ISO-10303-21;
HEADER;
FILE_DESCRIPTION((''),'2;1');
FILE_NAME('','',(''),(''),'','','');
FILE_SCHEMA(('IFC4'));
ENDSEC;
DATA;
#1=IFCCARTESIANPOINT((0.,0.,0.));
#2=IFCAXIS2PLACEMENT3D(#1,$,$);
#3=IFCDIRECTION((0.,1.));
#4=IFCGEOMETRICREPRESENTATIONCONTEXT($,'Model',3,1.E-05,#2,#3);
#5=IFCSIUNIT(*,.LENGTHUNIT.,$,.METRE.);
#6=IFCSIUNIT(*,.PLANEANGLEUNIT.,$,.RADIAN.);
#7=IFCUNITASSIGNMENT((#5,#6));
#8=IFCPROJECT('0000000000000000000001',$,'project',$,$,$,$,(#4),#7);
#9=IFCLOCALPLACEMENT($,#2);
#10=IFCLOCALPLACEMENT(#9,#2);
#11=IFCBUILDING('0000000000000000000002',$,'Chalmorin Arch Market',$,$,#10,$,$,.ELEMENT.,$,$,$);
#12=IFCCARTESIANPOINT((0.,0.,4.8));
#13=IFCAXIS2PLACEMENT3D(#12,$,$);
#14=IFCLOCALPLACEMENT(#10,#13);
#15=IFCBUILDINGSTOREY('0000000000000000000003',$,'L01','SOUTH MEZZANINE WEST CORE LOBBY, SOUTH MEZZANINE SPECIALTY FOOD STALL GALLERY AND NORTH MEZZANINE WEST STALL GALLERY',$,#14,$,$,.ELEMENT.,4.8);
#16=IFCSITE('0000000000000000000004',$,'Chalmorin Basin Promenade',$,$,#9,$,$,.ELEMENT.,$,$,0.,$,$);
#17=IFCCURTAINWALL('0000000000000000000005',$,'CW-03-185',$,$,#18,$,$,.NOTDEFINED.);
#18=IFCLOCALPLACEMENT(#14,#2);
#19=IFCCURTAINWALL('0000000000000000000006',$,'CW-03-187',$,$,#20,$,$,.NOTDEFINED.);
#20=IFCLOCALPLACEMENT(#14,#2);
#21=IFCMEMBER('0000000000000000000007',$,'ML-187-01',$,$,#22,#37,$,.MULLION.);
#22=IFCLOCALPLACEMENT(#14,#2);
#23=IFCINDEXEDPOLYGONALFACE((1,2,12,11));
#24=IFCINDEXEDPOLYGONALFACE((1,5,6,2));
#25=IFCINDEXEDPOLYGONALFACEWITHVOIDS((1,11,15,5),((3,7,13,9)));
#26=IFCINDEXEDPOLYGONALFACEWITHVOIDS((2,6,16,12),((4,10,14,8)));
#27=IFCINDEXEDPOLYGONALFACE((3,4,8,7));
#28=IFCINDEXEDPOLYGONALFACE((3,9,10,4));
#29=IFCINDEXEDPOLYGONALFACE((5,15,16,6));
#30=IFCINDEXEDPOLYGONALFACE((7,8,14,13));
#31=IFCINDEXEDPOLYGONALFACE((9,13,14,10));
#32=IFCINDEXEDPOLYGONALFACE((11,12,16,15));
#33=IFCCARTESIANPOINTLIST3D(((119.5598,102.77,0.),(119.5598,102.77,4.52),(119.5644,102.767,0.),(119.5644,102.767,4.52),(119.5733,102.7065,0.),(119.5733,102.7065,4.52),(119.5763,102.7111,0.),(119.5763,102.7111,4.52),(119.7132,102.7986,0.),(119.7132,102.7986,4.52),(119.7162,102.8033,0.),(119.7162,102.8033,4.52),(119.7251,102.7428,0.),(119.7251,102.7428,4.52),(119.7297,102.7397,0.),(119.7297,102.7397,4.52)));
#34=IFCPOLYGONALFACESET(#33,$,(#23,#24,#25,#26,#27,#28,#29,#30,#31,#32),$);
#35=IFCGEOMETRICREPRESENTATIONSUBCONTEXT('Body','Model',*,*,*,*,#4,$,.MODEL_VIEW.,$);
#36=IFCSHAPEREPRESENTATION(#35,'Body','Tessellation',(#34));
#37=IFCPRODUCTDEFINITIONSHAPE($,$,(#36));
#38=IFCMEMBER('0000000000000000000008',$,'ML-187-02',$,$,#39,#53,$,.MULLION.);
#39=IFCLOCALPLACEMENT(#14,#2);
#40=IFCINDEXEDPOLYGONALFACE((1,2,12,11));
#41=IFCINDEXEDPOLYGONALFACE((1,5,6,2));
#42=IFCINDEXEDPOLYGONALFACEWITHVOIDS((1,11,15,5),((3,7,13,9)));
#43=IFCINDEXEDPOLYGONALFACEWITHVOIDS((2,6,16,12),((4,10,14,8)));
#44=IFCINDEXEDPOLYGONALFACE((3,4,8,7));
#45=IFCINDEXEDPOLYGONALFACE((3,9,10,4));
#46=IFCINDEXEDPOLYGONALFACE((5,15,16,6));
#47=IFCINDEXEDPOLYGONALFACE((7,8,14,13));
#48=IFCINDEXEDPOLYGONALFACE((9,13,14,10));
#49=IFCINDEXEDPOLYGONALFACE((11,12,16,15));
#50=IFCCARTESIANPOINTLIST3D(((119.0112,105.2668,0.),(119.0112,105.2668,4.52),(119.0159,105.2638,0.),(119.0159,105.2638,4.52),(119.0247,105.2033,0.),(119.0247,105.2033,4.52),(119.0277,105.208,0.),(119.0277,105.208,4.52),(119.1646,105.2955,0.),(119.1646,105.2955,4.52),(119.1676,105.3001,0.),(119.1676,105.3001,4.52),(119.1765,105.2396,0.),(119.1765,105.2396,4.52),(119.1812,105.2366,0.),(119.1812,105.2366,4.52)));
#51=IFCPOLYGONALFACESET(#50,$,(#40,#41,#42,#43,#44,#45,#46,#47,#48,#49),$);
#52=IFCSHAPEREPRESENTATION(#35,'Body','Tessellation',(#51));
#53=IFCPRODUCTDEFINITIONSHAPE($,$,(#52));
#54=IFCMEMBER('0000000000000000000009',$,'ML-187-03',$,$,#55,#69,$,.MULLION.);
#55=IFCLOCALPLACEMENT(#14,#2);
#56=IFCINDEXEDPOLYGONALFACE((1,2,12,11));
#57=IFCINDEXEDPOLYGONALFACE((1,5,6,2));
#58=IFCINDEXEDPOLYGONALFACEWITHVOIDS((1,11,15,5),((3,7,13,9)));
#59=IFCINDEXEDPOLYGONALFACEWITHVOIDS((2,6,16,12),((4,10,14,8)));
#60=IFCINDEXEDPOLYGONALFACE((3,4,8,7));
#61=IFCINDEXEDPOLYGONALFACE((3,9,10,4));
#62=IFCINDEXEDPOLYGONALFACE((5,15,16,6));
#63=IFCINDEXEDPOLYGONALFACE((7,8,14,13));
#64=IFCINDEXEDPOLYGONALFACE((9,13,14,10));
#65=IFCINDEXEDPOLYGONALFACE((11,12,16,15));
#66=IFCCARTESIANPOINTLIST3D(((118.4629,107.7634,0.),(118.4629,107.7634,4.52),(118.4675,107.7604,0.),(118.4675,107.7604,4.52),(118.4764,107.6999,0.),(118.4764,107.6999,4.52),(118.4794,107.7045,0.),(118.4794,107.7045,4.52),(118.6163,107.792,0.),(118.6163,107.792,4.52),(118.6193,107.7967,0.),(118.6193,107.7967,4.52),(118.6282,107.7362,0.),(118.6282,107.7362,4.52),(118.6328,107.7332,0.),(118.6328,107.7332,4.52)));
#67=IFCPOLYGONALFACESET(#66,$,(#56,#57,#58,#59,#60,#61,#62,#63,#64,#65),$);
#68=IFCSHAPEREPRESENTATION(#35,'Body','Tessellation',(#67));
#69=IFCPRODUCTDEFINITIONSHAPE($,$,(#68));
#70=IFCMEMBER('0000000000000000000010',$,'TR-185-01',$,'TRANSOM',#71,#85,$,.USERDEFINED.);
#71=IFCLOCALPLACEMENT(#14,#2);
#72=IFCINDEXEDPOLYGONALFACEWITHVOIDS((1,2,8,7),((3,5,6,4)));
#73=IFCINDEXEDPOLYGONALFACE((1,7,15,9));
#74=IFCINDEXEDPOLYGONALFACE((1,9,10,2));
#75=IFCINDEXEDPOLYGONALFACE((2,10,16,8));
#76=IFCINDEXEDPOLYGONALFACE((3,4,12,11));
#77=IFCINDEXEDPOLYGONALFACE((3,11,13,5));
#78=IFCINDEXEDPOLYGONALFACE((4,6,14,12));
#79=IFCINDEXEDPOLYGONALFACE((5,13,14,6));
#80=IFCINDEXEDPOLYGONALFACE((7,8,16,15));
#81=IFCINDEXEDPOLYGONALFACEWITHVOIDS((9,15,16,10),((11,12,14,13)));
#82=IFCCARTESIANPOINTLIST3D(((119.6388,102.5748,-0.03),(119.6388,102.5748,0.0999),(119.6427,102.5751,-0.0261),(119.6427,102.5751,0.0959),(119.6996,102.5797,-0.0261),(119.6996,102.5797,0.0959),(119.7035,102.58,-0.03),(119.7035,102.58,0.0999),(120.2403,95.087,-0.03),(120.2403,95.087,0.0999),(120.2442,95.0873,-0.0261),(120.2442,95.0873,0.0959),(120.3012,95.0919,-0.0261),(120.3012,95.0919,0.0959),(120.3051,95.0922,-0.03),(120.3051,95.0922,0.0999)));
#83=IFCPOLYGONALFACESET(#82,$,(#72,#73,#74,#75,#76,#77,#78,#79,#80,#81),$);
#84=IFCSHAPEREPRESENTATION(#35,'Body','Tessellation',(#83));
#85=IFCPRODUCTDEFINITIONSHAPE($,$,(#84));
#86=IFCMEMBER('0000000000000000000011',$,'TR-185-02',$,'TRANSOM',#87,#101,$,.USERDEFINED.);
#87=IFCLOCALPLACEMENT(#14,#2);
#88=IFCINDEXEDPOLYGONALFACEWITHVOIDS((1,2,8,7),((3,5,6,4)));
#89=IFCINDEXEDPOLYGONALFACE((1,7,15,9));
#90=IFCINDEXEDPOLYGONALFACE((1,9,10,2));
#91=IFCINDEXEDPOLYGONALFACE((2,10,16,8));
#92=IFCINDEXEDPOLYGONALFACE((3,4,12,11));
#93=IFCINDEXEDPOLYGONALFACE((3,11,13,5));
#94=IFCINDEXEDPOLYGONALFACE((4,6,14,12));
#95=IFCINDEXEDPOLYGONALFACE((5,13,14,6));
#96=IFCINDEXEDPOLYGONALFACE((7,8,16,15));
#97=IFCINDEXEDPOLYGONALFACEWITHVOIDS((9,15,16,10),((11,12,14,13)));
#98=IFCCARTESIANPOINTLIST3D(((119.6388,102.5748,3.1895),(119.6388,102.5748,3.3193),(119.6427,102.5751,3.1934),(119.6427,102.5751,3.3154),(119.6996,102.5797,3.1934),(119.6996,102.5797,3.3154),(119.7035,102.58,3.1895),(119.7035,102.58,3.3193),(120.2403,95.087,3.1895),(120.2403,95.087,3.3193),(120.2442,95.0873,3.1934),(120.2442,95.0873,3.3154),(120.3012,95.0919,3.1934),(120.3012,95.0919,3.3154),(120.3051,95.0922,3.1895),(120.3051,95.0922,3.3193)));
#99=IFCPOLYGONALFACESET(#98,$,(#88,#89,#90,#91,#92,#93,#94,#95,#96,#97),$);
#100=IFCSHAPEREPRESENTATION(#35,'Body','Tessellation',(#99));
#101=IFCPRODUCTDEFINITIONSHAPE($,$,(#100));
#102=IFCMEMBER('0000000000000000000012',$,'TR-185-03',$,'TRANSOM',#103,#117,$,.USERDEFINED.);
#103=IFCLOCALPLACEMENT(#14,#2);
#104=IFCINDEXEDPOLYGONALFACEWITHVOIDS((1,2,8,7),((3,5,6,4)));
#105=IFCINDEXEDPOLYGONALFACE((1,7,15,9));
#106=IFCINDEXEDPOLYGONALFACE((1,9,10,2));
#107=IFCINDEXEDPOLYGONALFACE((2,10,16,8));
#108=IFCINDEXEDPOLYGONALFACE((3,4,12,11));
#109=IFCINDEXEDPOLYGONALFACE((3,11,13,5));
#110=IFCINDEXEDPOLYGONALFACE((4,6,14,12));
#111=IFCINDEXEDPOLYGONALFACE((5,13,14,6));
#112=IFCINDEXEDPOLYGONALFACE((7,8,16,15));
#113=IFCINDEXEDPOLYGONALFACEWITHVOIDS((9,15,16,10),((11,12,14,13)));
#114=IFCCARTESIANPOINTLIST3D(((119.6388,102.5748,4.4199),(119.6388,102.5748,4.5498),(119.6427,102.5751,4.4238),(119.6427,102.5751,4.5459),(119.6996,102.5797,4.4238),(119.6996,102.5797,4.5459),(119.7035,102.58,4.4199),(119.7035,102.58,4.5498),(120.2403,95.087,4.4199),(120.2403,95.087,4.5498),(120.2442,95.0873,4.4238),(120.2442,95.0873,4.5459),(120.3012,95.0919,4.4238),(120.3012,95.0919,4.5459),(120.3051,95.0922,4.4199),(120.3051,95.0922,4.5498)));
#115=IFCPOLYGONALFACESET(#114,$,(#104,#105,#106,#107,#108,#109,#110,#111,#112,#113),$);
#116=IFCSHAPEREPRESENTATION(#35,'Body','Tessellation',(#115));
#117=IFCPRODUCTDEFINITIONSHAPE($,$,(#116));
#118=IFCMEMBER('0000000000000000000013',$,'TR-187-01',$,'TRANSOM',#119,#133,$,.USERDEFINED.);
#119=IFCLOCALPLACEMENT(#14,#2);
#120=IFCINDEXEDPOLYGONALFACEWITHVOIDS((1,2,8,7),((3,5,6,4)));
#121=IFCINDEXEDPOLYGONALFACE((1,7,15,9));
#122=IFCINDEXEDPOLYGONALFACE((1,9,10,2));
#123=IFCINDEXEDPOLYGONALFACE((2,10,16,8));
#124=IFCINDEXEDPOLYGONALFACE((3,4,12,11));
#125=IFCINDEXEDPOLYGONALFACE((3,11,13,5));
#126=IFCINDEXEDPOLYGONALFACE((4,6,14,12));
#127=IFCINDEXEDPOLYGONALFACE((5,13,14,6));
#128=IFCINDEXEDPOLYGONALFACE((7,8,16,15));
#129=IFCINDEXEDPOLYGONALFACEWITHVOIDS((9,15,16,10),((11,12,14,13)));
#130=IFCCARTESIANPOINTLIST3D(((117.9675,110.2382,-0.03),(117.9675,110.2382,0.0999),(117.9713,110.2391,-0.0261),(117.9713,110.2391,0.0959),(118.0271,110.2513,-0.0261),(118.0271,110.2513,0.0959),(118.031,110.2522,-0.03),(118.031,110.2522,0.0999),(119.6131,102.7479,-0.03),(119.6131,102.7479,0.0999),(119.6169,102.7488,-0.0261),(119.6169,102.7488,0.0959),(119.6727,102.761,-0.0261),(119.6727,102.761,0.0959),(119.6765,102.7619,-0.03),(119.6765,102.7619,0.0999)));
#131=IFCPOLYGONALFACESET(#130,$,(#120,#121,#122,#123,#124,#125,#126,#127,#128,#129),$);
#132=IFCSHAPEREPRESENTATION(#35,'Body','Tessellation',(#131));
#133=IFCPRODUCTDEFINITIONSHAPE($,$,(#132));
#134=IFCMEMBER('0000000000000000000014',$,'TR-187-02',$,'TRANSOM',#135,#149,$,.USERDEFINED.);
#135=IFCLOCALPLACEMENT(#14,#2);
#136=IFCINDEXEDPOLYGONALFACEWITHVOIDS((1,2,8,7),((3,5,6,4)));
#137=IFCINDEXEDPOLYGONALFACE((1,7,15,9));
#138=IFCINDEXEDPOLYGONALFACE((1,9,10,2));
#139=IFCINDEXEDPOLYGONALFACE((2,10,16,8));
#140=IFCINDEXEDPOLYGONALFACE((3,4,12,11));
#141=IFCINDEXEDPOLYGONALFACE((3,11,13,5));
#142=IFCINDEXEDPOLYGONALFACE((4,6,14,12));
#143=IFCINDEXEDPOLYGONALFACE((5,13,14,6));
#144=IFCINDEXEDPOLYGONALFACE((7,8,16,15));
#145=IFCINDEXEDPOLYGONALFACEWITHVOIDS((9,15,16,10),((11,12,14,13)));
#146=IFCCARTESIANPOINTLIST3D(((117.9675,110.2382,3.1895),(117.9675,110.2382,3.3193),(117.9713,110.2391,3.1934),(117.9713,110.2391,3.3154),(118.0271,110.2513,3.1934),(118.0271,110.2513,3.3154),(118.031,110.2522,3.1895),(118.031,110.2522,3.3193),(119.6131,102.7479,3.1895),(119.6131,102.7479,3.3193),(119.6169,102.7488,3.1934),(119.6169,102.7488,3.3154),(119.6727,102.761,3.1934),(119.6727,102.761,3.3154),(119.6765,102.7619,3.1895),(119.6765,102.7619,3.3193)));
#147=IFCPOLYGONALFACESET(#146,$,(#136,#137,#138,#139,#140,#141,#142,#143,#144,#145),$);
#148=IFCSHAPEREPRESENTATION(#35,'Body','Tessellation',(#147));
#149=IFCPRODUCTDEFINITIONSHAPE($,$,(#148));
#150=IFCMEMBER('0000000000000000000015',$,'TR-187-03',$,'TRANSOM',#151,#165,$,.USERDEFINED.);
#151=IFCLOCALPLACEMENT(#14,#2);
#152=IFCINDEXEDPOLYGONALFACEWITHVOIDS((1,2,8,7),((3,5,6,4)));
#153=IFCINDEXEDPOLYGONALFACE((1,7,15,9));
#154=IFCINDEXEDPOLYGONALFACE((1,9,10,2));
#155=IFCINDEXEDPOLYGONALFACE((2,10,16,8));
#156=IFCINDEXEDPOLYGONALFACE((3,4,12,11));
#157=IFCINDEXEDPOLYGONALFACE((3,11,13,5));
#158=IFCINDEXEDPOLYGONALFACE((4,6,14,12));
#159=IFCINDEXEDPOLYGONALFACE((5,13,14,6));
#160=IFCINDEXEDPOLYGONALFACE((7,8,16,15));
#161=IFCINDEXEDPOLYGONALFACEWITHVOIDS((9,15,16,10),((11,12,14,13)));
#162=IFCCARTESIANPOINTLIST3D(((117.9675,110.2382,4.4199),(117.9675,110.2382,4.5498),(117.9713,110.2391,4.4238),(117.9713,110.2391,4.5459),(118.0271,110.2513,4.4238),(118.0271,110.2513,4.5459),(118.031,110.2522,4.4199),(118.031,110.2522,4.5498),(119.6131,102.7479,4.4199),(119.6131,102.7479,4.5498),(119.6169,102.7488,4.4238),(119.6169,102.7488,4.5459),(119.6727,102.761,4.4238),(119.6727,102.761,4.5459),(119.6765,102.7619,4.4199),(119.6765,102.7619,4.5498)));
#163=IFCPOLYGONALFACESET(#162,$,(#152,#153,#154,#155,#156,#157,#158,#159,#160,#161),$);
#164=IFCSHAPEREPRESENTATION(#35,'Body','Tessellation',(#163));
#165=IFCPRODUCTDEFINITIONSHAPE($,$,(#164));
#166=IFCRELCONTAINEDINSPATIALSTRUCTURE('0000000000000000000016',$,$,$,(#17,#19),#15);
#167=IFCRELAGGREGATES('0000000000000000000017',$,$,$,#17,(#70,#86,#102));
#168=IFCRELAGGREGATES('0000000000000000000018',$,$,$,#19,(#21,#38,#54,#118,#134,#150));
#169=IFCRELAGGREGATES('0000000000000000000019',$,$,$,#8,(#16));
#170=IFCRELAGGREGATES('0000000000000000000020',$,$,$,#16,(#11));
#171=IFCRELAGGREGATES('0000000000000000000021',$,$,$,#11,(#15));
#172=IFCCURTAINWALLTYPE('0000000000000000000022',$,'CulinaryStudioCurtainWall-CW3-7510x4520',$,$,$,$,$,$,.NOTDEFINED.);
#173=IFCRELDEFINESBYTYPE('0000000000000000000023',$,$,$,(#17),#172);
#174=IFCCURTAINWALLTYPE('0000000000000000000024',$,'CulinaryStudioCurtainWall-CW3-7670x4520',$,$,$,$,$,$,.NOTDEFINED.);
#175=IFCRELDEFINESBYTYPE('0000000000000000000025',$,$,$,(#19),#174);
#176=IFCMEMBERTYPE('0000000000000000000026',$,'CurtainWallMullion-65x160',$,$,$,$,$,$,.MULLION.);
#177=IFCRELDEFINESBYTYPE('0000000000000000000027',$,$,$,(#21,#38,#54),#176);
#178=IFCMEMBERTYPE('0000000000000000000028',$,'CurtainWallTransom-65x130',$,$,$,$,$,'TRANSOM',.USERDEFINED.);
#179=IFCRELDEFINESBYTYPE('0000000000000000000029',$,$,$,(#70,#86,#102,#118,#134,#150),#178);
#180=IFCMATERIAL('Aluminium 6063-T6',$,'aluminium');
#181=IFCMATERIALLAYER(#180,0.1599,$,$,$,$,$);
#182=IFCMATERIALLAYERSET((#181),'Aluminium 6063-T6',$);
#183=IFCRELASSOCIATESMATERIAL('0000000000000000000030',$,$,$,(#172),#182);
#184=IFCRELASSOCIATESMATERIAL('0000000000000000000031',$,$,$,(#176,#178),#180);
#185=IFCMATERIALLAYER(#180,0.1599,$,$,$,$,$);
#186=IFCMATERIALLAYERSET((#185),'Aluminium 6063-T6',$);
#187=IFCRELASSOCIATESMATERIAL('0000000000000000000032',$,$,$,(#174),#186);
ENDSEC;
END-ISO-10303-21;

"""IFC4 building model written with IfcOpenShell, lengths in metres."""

from ifc_helpers import new_model, si_unit, direction, frame, origin, origin_2d, place, context, subcontext, project, spatial, hollow_rectangle, extrude, material, layer, layer_set, material_profile, profile_set, type_object, element, aggregate, save


model = new_model("IFC4")

# Units and contexts
model_context = context("Model", 3, precision=1e-05, world=origin(), true_north=direction((0.0, 1.0)))
body_context = subcontext(model_context, "Body", "Model", "MODEL_VIEW")
ifc_project = project(units=[si_unit("LENGTHUNIT", "METRE"), si_unit("PLANEANGLEUNIT", "RADIAN")], contexts=[model_context])

# Site, building, storey
site_placement = place(None, origin())
site = spatial("IfcSite", under=ifc_project, at=site_placement, Name="Chalmorin Basin Promenade", CompositionType="ELEMENT", RefElevation=0.0)
building_placement = place(site_placement, origin())
building = spatial("IfcBuilding", under=site, at=building_placement, Name="Chalmorin Arch Market", CompositionType="ELEMENT")
storey_placement = place(building_placement, frame((0.0, 0.0, 4.8)))
storey = spatial("IfcBuildingStorey", under=building, at=storey_placement, Name="L01", Description="SOUTH MEZZANINE WEST CORE LOBBY, SOUTH MEZZANINE SPECIALTY FOOD STALL GALLERY AND NORTH MEZZANINE WEST STALL GALLERY", CompositionType="ELEMENT", Elevation=4.8)

# Curtain walls, members
ifc_material_1 = material(Name="Aluminium 6063-T6", Category="aluminium")
ifc_layer_1 = layer(ifc_material_1, 0.1599)
ifc_layer_set_1 = layer_set([ifc_layer_1], Name="Aluminium 6063-T6")
curtain_wall_type_1 = type_object("IfcCurtainWallType", Name="CulinaryStudioCurtainWall-CW3-7510x4520", PredefinedType="NOTDEFINED", material=ifc_layer_set_1)
ifc_material_profile_1 = material_profile(ifc_material_1, hollow_rectangle(XDim=0.0649, YDim=0.1599, WallThickness=0.0039, at=origin_2d()), Name="ALU65X160X4")
ifc_profile_set_1 = profile_set([ifc_material_profile_1], Name="Aluminium 6063-T6")
member_type_1 = type_object("IfcMemberType", Name="CurtainWallMullion-65x160", PredefinedType="MULLION", material=ifc_profile_set_1)
curtain_wall_1_placement = place(storey_placement, origin())
curtain_wall_1 = element("IfcCurtainWall", 1, at=curtain_wall_1_placement, inside=storey, type_object=curtain_wall_type_1, Name="CW-03-185", PredefinedType="NOTDEFINED")
ifc_layer_2 = layer(ifc_material_1, 0.1599)
ifc_layer_set_2 = layer_set([ifc_layer_2], Name="Aluminium 6063-T6")
curtain_wall_type_2 = type_object("IfcCurtainWallType", Name="CulinaryStudioCurtainWall-CW3-7670x4520", PredefinedType="NOTDEFINED", material=ifc_layer_set_2)
curtain_wall_2_placement = place(storey_placement, origin())
curtain_wall_2 = element("IfcCurtainWall", 2, at=curtain_wall_2_placement, inside=storey, type_object=curtain_wall_type_2, Name="CW-03-187", PredefinedType="NOTDEFINED")
member_1_placement = place(storey_placement, frame((119.6448, 102.7549, 0.0), z_axis=(0.0, 0.0, 1.0), x_axis=(-0.207912, 0.978148, 0.0)))
member_1 = element("IfcMember", 3, at=member_1_placement, type_object=member_type_1, Name="ML-187-01", PredefinedType="MULLION", context=body_context, shape_type="SweptSolid", body=[
    extrude(hollow_rectangle(XDim=0.0649, YDim=0.1599, WallThickness=0.0039, at=origin_2d()), origin(), (0.0, 0.0, 1.0), 4.52),
])
member_2_placement = place(storey_placement, frame((119.0962, 105.2517, 0.0), z_axis=(0.0, 0.0, 1.0), x_axis=(-0.207912, 0.978148, 0.0)))
member_2 = element("IfcMember", 4, at=member_2_placement, type_object=member_type_1, Name="ML-187-02", PredefinedType="MULLION", context=body_context, shape_type="SweptSolid", body=[
    extrude(hollow_rectangle(XDim=0.0649, YDim=0.1599, WallThickness=0.0039, at=origin_2d()), origin(), (0.0, 0.0, 1.0), 4.52),
])
member_3_placement = place(storey_placement, frame((118.5479, 107.7483, 0.0), z_axis=(0.0, 0.0, 1.0), x_axis=(-0.207912, 0.978148, 0.0)))
member_3 = element("IfcMember", 5, at=member_3_placement, type_object=member_type_1, Name="ML-187-03", PredefinedType="MULLION", context=body_context, shape_type="SweptSolid", body=[
    extrude(hollow_rectangle(XDim=0.0649, YDim=0.1599, WallThickness=0.0039, at=origin_2d()), origin(), (0.0, 0.0, 1.0), 4.52),
])

# Members
ifc_material_profile_2 = material_profile(ifc_material_1, hollow_rectangle(XDim=0.0649, YDim=0.1299, WallThickness=0.0039, at=origin_2d()), Name="ALU65X130X4")
ifc_profile_set_2 = profile_set([ifc_material_profile_2], Name="Aluminium 6063-T6")
member_type_2 = type_object("IfcMemberType", Name="CurtainWallTransom-65x130", ElementType="TRANSOM", PredefinedType="USERDEFINED", material=ifc_profile_set_2)
member_4_placement = place(storey_placement, frame((120.2727, 95.0896, 0.0349), z_axis=(-0.080081, 0.996788, 0.0), x_axis=(-0.996788, -0.080081, 0.0)))
member_4 = element("IfcMember", 6, at=member_4_placement, type_object=member_type_2, Name="TR-185-01", ObjectType="TRANSOM", PredefinedType="USERDEFINED", context=body_context, shape_type="SweptSolid", body=[
    extrude(hollow_rectangle(XDim=0.0649, YDim=0.1299, WallThickness=0.0039, at=origin_2d()), origin(), (0.0, 0.0, 1.0), 7.512),
])
member_5_placement = place(storey_placement, frame((120.2727, 95.0896, 3.2544), z_axis=(-0.080081, 0.996788, 0.0), x_axis=(-0.996788, -0.080081, 0.0)))
member_5 = element("IfcMember", 7, at=member_5_placement, type_object=member_type_2, Name="TR-185-02", ObjectType="TRANSOM", PredefinedType="USERDEFINED", context=body_context, shape_type="SweptSolid", body=[
    extrude(hollow_rectangle(XDim=0.0649, YDim=0.1299, WallThickness=0.0039, at=origin_2d()), origin(), (0.0, 0.0, 1.0), 7.512),
])
member_6_placement = place(storey_placement, frame((120.2727, 95.0896, 4.4849), z_axis=(-0.080081, 0.996788, 0.0), x_axis=(-0.996788, -0.080081, 0.0)))
member_6 = element("IfcMember", 8, at=member_6_placement, type_object=member_type_2, Name="TR-185-03", ObjectType="TRANSOM", PredefinedType="USERDEFINED", context=body_context, shape_type="SweptSolid", body=[
    extrude(hollow_rectangle(XDim=0.0649, YDim=0.1299, WallThickness=0.0039, at=origin_2d()), origin(), (0.0, 0.0, 1.0), 7.512),
])
member_7_placement = place(storey_placement, frame((119.6448, 102.7549, 0.0349), z_axis=(-0.21457, 0.976709, 0.0), x_axis=(-0.976709, -0.21457, 0.0)))
member_7 = element("IfcMember", 9, at=member_7_placement, type_object=member_type_2, Name="TR-187-01", ObjectType="TRANSOM", PredefinedType="USERDEFINED", context=body_context, shape_type="SweptSolid", body=[
    extrude(hollow_rectangle(XDim=0.0649, YDim=0.1299, WallThickness=0.0039, at=origin_2d()), origin(), (0.0, 0.0, 1.0), 7.6689),
])
member_8_placement = place(storey_placement, frame((119.6448, 102.7549, 3.2544), z_axis=(-0.21457, 0.976709, 0.0), x_axis=(-0.976709, -0.21457, 0.0)))
member_8 = element("IfcMember", 10, at=member_8_placement, type_object=member_type_2, Name="TR-187-02", ObjectType="TRANSOM", PredefinedType="USERDEFINED", context=body_context, shape_type="SweptSolid", body=[
    extrude(hollow_rectangle(XDim=0.0649, YDim=0.1299, WallThickness=0.0039, at=origin_2d()), origin(), (0.0, 0.0, 1.0), 7.6689),
])
member_9_placement = place(storey_placement, frame((119.6448, 102.7549, 4.4849), z_axis=(-0.21457, 0.976709, 0.0), x_axis=(-0.976709, -0.21457, 0.0)))
member_9 = element("IfcMember", 11, at=member_9_placement, type_object=member_type_2, Name="TR-187-03", ObjectType="TRANSOM", PredefinedType="USERDEFINED", context=body_context, shape_type="SweptSolid", body=[
    extrude(hollow_rectangle(XDim=0.0649, YDim=0.1299, WallThickness=0.0039, at=origin_2d()), origin(), (0.0, 0.0, 1.0), 7.6689),
])

aggregate(curtain_wall_1, [member_4, member_5, member_6])
aggregate(curtain_wall_2, [member_1, member_2, member_3, member_7, member_8, member_9])

save(model, "model.ifc")
